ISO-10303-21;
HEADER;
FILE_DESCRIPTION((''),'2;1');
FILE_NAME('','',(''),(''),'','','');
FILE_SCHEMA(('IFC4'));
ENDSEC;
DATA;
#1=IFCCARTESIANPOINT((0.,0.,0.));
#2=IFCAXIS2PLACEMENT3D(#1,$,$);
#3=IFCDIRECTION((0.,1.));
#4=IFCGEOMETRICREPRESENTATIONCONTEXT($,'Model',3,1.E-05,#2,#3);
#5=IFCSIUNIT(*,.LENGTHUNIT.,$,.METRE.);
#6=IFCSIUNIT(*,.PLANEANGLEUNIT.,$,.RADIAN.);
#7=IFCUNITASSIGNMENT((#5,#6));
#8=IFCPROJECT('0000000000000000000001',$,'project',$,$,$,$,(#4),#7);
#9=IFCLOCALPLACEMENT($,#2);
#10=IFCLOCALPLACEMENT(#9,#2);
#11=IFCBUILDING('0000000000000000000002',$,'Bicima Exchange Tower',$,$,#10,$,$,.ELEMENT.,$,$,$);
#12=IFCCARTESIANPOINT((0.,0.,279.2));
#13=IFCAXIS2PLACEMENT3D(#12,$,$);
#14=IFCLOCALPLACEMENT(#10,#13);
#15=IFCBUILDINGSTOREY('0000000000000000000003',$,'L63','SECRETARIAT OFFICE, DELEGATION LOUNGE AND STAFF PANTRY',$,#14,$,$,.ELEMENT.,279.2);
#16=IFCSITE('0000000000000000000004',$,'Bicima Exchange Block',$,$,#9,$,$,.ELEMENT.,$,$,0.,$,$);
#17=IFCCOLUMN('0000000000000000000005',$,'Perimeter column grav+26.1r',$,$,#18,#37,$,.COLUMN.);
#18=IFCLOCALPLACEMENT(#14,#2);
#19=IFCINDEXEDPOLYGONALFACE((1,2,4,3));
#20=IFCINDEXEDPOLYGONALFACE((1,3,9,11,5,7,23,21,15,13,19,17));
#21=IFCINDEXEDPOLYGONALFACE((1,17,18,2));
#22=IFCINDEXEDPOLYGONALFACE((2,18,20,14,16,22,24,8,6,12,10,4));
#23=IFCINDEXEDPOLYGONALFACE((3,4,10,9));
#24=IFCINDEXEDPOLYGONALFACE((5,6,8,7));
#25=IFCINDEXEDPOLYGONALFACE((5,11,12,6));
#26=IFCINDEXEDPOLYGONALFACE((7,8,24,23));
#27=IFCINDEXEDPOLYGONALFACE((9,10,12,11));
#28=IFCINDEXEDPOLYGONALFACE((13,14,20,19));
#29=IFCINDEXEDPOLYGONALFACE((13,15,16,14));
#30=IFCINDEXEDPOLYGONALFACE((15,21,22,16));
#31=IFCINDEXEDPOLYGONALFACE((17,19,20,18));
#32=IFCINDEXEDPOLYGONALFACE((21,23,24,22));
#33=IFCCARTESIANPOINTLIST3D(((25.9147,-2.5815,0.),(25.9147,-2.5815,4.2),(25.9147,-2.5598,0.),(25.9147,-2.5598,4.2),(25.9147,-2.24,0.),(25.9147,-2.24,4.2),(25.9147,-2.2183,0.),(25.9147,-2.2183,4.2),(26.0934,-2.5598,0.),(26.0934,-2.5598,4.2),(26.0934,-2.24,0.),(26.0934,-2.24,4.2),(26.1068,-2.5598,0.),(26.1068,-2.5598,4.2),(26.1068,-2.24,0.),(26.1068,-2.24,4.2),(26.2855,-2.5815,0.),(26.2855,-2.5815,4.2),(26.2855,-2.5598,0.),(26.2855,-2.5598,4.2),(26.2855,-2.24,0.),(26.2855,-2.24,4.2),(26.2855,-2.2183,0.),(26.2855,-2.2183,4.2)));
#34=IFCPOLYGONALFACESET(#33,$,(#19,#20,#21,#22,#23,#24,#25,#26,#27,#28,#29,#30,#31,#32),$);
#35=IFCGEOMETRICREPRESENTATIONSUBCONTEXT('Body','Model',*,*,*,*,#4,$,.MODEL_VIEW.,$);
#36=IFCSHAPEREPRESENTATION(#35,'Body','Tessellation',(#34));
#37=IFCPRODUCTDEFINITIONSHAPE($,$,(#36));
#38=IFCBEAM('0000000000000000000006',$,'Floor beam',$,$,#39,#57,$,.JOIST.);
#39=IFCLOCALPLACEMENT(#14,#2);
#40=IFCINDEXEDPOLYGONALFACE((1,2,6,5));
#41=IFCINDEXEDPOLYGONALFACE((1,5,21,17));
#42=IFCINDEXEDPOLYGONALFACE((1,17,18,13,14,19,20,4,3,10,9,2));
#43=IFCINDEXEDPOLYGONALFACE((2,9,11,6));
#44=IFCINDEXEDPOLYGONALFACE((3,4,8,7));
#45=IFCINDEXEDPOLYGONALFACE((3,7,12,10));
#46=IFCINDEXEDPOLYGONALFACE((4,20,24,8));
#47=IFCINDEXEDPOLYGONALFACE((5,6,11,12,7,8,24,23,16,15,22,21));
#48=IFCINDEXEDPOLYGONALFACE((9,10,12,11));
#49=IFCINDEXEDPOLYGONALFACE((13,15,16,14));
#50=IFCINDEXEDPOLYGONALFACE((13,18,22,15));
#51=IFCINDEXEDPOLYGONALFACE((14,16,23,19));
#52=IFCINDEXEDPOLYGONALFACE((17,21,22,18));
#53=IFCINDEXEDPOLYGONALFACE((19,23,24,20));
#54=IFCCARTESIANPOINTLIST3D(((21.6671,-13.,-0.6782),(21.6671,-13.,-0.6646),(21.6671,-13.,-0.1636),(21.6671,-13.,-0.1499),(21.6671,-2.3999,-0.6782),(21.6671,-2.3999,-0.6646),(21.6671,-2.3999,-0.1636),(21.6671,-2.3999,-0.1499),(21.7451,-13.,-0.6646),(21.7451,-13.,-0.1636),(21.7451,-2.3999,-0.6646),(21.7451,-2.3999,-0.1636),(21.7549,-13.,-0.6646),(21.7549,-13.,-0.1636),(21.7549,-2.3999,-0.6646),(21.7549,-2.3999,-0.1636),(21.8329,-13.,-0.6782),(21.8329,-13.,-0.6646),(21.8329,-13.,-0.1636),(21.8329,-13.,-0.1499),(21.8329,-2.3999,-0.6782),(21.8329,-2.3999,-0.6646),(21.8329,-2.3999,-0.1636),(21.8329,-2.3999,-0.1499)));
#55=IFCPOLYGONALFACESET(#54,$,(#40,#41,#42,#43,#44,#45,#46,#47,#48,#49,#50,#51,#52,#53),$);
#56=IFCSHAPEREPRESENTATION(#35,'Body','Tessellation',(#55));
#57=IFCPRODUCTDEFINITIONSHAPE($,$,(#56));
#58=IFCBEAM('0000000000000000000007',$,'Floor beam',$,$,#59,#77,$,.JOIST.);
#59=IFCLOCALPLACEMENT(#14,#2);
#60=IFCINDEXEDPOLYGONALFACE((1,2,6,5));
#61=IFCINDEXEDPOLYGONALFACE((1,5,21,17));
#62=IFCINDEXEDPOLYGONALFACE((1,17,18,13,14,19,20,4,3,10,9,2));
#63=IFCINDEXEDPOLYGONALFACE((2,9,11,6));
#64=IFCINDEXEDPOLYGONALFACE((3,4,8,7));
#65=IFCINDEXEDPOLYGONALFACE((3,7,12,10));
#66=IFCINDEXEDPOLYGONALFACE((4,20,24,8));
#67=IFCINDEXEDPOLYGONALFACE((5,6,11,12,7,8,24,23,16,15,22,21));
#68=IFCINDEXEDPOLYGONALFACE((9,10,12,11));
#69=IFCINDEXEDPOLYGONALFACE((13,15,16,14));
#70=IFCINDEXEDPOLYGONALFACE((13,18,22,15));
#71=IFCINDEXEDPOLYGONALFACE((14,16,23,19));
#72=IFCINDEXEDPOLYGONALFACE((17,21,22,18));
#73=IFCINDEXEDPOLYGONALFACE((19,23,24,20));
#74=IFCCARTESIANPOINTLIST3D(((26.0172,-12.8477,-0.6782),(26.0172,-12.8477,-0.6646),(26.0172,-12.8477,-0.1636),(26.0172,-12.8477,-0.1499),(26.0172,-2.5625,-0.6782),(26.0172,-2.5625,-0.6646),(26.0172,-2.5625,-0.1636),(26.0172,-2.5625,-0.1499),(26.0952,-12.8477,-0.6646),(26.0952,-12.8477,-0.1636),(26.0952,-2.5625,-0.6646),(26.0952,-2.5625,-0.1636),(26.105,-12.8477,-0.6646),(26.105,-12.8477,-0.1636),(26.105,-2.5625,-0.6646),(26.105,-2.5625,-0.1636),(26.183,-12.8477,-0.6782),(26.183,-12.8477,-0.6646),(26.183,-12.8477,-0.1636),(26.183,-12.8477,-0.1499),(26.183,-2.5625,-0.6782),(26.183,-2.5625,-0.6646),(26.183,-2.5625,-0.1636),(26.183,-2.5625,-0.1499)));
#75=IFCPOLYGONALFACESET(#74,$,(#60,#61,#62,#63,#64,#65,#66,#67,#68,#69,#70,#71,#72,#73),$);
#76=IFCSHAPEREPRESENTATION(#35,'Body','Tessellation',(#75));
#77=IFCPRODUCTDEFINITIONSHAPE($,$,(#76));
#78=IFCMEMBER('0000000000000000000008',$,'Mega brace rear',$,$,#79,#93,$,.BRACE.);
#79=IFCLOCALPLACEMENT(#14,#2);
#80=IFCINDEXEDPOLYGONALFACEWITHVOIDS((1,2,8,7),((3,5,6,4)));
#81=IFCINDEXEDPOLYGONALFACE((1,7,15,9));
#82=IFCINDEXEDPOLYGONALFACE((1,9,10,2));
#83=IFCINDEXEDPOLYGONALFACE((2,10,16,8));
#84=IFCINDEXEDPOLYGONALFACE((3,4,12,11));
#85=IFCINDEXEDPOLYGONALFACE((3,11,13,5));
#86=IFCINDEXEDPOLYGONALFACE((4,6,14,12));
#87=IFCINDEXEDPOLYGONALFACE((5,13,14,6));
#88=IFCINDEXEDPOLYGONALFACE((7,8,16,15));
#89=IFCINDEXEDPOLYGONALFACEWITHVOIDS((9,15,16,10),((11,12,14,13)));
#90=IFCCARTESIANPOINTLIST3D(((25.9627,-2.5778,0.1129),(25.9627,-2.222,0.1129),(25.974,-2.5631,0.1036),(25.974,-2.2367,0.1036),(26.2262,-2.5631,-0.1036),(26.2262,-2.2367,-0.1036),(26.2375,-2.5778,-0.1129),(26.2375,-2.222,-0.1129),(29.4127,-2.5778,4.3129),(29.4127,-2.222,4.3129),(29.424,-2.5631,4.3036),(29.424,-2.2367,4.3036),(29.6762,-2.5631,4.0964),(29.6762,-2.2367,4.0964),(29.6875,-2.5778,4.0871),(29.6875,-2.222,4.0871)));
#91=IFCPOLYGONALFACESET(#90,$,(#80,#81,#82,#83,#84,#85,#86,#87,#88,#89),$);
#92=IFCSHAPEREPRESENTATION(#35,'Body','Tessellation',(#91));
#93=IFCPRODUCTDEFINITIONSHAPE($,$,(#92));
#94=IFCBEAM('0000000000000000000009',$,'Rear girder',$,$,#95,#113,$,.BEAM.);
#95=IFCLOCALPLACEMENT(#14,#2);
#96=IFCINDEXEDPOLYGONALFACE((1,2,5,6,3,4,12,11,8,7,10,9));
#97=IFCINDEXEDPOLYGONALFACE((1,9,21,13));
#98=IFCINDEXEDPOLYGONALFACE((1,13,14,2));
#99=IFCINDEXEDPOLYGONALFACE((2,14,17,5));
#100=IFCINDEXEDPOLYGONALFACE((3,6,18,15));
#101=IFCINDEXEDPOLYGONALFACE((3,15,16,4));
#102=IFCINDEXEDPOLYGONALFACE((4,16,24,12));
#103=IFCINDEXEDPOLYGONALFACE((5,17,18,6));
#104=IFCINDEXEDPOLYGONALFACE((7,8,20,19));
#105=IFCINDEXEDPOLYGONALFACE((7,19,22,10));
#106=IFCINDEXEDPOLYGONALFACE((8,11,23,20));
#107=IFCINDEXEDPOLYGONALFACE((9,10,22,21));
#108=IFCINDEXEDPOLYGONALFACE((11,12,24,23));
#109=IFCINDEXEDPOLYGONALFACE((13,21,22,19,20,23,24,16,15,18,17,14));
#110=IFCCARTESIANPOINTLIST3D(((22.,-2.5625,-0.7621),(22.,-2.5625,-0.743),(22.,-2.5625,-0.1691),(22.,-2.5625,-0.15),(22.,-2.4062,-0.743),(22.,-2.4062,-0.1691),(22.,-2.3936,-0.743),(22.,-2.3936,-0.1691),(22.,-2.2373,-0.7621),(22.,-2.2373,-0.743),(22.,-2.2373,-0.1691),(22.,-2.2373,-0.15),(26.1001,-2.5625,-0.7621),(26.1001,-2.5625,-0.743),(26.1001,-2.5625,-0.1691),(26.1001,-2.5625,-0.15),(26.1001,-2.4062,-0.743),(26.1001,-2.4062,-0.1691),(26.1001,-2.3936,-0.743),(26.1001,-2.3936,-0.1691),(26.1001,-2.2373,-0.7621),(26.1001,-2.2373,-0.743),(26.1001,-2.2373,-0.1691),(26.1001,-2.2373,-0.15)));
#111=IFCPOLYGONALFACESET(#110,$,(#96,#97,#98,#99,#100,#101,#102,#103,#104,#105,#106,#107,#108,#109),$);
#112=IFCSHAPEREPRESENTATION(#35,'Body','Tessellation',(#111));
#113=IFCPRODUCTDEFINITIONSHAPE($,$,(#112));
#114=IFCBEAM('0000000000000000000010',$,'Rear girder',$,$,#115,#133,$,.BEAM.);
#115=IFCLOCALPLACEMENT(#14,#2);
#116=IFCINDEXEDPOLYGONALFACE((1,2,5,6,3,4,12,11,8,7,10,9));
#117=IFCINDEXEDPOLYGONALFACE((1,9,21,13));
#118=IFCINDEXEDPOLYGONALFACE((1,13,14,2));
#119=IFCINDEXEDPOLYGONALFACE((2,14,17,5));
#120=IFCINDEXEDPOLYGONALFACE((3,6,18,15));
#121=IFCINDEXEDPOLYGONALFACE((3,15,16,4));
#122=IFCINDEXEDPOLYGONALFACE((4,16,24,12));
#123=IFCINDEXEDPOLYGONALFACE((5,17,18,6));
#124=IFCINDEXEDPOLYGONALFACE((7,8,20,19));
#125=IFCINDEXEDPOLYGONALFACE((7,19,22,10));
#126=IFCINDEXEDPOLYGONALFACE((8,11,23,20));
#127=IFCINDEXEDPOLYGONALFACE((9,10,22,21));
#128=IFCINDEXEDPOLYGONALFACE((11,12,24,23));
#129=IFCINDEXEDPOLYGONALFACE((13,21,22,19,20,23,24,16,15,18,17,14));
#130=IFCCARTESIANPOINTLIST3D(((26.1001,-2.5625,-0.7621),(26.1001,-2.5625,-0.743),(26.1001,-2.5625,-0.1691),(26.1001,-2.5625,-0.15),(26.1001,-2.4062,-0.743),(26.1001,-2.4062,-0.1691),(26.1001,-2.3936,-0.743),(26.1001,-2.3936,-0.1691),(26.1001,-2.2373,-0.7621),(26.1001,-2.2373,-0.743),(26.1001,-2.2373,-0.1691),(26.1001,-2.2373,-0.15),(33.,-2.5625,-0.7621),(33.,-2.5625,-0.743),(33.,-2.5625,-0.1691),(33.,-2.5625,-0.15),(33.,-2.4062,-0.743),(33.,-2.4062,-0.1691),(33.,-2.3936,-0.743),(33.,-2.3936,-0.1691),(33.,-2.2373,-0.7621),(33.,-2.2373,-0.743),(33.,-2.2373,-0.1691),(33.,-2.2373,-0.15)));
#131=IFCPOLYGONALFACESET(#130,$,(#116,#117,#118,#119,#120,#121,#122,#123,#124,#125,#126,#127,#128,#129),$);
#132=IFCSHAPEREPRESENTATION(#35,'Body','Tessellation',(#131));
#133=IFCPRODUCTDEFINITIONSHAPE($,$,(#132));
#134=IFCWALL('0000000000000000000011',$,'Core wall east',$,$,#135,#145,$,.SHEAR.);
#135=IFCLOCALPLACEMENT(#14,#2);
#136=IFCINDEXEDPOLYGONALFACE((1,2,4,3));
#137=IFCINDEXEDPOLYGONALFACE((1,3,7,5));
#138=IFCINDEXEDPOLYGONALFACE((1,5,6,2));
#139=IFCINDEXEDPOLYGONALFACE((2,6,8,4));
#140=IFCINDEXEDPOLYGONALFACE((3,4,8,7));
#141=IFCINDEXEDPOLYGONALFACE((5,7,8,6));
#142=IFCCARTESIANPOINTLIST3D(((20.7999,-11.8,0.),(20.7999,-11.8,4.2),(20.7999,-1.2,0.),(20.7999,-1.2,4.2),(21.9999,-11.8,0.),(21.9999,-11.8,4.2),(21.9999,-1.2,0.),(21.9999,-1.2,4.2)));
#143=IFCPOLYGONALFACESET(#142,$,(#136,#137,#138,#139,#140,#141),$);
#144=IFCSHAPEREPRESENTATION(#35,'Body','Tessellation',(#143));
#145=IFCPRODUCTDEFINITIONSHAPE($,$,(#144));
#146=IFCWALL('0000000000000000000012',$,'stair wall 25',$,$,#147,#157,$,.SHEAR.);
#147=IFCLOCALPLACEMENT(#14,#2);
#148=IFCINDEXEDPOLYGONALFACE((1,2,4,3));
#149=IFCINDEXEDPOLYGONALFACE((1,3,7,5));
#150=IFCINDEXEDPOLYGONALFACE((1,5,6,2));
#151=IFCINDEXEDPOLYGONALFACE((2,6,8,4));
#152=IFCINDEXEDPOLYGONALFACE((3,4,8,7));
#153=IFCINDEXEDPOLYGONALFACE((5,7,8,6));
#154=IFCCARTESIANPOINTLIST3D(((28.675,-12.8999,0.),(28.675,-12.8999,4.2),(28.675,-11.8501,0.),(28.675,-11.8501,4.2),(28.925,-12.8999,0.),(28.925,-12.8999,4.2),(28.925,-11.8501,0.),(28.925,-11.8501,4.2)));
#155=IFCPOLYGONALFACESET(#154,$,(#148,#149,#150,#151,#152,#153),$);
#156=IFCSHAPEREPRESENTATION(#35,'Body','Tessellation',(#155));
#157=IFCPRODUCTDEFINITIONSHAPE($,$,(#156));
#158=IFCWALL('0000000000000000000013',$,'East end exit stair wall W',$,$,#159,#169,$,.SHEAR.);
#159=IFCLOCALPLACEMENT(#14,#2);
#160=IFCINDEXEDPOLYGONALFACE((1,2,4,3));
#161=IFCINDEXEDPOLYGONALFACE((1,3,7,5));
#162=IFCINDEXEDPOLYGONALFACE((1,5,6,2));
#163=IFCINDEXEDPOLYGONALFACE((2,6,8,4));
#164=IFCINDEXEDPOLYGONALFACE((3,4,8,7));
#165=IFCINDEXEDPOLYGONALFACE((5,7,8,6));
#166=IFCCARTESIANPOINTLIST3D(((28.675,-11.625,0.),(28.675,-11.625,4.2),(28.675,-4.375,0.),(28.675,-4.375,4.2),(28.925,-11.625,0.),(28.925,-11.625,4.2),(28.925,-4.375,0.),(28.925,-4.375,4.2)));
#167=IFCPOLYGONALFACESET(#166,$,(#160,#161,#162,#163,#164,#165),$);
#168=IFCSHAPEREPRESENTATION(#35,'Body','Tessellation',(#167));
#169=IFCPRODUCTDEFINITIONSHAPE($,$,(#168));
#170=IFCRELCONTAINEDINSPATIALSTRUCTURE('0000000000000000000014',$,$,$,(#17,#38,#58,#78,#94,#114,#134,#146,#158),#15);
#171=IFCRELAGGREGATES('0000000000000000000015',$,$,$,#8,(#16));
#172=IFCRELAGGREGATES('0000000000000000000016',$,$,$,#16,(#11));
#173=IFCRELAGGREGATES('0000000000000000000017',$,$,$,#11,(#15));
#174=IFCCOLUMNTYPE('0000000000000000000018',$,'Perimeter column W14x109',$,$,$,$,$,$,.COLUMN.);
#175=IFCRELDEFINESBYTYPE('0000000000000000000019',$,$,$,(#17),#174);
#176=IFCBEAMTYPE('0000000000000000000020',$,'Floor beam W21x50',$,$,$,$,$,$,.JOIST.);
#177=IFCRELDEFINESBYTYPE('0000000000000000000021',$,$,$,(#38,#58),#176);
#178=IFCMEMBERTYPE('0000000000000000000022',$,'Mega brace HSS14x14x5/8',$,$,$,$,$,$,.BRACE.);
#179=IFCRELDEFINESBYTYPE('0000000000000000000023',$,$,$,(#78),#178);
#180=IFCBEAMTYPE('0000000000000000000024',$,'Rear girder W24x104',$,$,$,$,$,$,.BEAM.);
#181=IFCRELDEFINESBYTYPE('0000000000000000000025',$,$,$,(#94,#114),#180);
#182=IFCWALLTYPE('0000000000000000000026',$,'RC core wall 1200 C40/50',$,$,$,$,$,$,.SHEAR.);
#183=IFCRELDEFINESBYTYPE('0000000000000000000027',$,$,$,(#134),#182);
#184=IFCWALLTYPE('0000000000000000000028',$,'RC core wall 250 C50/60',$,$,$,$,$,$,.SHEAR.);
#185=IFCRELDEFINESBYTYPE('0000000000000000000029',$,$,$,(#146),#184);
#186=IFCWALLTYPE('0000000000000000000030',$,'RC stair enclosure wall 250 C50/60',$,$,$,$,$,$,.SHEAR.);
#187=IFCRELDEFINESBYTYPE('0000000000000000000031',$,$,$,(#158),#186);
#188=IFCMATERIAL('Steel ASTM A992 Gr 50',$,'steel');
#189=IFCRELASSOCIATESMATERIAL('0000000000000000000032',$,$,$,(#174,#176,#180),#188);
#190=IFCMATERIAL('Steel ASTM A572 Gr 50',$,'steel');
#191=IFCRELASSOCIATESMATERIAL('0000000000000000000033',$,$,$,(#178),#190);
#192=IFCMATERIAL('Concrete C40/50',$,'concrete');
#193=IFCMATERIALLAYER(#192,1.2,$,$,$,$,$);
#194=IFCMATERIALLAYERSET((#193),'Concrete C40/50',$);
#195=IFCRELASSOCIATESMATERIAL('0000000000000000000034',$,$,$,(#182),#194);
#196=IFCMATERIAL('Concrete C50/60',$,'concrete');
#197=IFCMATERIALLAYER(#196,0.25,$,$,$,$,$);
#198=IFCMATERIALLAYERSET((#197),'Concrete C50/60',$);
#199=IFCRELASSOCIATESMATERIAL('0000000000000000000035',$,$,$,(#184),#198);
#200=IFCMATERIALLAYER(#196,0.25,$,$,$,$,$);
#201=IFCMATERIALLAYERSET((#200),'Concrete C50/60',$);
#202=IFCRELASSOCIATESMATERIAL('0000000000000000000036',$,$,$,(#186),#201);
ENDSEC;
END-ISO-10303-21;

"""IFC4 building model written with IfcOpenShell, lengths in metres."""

from ifc_helpers import new_model, si_unit, direction, frame, frame_2d, origin, origin_2d, place, context, subcontext, project, spatial, rectangle, hollow_rectangle, i_section, extrude, material, layer, layer_set, material_profile, profile_set, type_object, element, save


model = new_model("IFC4")

# Units and contexts
model_context = context("Model", 3, precision=1e-05, world=origin(), true_north=direction((0.0, 1.0)))
body_context = subcontext(model_context, "Body", "Model", "MODEL_VIEW")
ifc_project = project(units=[si_unit("LENGTHUNIT", "METRE"), si_unit("PLANEANGLEUNIT", "RADIAN")], contexts=[model_context])

# Site, building, storey
site_placement = place(None, origin())
site = spatial("IfcSite", under=ifc_project, at=site_placement, Name="Bicima Exchange Block", CompositionType="ELEMENT", RefElevation=0.0)
building_placement = place(site_placement, origin())
building = spatial("IfcBuilding", under=site, at=building_placement, Name="Bicima Exchange Tower", CompositionType="ELEMENT")
storey_placement = place(building_placement, frame((0.0, 0.0, 279.2)))
storey = spatial("IfcBuildingStorey", under=building, at=storey_placement, Name="L63", Description="SECRETARIAT OFFICE, DELEGATION LOUNGE AND STAFF PANTRY", CompositionType="ELEMENT", Elevation=279.2)

# Column
ifc_material_1 = material(Name="Steel ASTM A992 Gr 50", Category="steel")
ifc_material_profile_1 = material_profile(ifc_material_1, i_section(OverallWidth=0.3708, OverallDepth=0.3633, WebThickness=0.0134, FlangeThickness=0.0217, at=origin_2d()))
ifc_profile_set_1 = profile_set([ifc_material_profile_1], Name="Steel ASTM A992 Gr 50")
column_type = type_object("IfcColumnType", Name="Perimeter column W14x109", PredefinedType="COLUMN", material=ifc_profile_set_1)
column_placement = place(storey_placement, frame((26.1001, -2.3999, 0.0), z_axis=(0.0, 0.0, 1.0), x_axis=(1.0, 0.0, 0.0)))
element("IfcColumn", 1, at=column_placement, inside=storey, type_object=column_type, Name="Perimeter column grav+26.1r", PredefinedType="COLUMN", context=body_context, shape_type="SweptSolid", body=[
    extrude(i_section(OverallWidth=0.3708, OverallDepth=0.3633, WebThickness=0.0134, FlangeThickness=0.0217, at=origin_2d()), origin(), (0.0, 0.0, 1.0), 4.2),
])

# Beams
ifc_material_profile_2 = material_profile(ifc_material_1, i_section(OverallWidth=0.1658, OverallDepth=0.5283, WebThickness=0.0098, FlangeThickness=0.0137, at=origin_2d()))
ifc_profile_set_2 = profile_set([ifc_material_profile_2], Name="Steel ASTM A992 Gr 50")
beam_type_1 = type_object("IfcBeamType", Name="Floor beam W21x50", PredefinedType="JOIST", material=ifc_profile_set_2)
beam_1_placement = place(storey_placement, frame((21.75, -2.3999, -0.4141), z_axis=(0.0, -1.0, 0.0), x_axis=(1.0, 0.0, 0.0)))
element("IfcBeam", 2, at=beam_1_placement, inside=storey, type_object=beam_type_1, Name="Floor beam", PredefinedType="JOIST", context=body_context, shape_type="SweptSolid", body=[
    extrude(i_section(OverallWidth=0.1658, OverallDepth=0.5283, WebThickness=0.0098, FlangeThickness=0.0137, at=origin_2d()), origin(), (0.0, 0.0, 1.0), 10.6001),
])
beam_2_placement = place(storey_placement, frame((26.1001, -2.5625, -0.4141), z_axis=(0.0, -1.0, 0.0), x_axis=(1.0, 0.0, 0.0)))
element("IfcBeam", 3, at=beam_2_placement, inside=storey, type_object=beam_type_1, Name="Floor beam", PredefinedType="JOIST", context=body_context, shape_type="SweptSolid", body=[
    extrude(i_section(OverallWidth=0.1658, OverallDepth=0.5283, WebThickness=0.0098, FlangeThickness=0.0137, at=origin_2d()), origin(), (0.0, 0.0, 1.0), 10.2852),
])

# Member
ifc_material_2 = material(Name="Steel ASTM A572 Gr 50", Category="steel")
ifc_material_profile_3 = material_profile(ifc_material_2, hollow_rectangle(XDim=0.3557, YDim=0.3557, WallThickness=0.0146, at=origin_2d()))
ifc_profile_set_3 = profile_set([ifc_material_profile_3], Name="Steel ASTM A572 Gr 50")
member_type = type_object("IfcMemberType", Name="Mega brace HSS14x14x5/8", PredefinedType="BRACE", material=ifc_profile_set_3)
member_placement = place(storey_placement, frame((26.1001, -2.3999, 0.0), z_axis=(0.634738, 0.0, 0.772727), x_axis=(0.0, 1.0, 0.0)))
element("IfcMember", 4, at=member_placement, inside=storey, type_object=member_type, Name="Mega brace rear", PredefinedType="BRACE", context=body_context, shape_type="SweptSolid", body=[
    extrude(hollow_rectangle(XDim=0.3557, YDim=0.3557, WallThickness=0.0146, at=origin_2d()), origin(), (0.0, 0.0, 1.0), 5.4353),
])

# Beams
ifc_material_profile_4 = material_profile(ifc_material_1, i_section(OverallWidth=0.3252, OverallDepth=0.6121, WebThickness=0.0127, FlangeThickness=0.019, at=origin_2d()))
ifc_profile_set_4 = profile_set([ifc_material_profile_4], Name="Steel ASTM A992 Gr 50")
beam_type_2 = type_object("IfcBeamType", Name="Rear girder W24x104", PredefinedType="BEAM", material=ifc_profile_set_4)
beam_3_placement = place(storey_placement, frame((22.0, -2.3999, -0.4561), z_axis=(1.0, 0.0, 0.0), x_axis=(0.0, 1.0, 0.0)))
element("IfcBeam", 5, at=beam_3_placement, inside=storey, type_object=beam_type_2, Name="Rear girder", PredefinedType="BEAM", context=body_context, shape_type="SweptSolid", body=[
    extrude(i_section(OverallWidth=0.3252, OverallDepth=0.6121, WebThickness=0.0127, FlangeThickness=0.019, at=origin_2d()), origin(), (0.0, 0.0, 1.0), 4.1001),
])
beam_4_placement = place(storey_placement, frame((26.1001, -2.3999, -0.4561), z_axis=(1.0, 0.0, 0.0), x_axis=(0.0, 1.0, 0.0)))
element("IfcBeam", 6, at=beam_4_placement, inside=storey, type_object=beam_type_2, Name="Rear girder", PredefinedType="BEAM", context=body_context, shape_type="SweptSolid", body=[
    extrude(i_section(OverallWidth=0.3252, OverallDepth=0.6121, WebThickness=0.0127, FlangeThickness=0.019, at=origin_2d()), origin(), (0.0, 0.0, 1.0), 6.8999),
])

# Walls
ifc_material_3 = material(Name="Concrete C40/50", Category="concrete")
ifc_layer_1 = layer(ifc_material_3, 1.2)
ifc_layer_set_1 = layer_set([ifc_layer_1], Name="Concrete C40/50")
wall_type_1 = type_object("IfcWallType", Name="RC core wall 1200 C40/50", PredefinedType="SHEAR", material=ifc_layer_set_1)
wall_1_placement = place(storey_placement, frame((21.3999, -11.8, 0.0), z_axis=(0.0, 0.0, 1.0), x_axis=(0.0, 1.0, 0.0)))
element("IfcWall", 7, at=wall_1_placement, inside=storey, type_object=wall_type_1, Name="Core wall east", PredefinedType="SHEAR", context=body_context, shape_type="SweptSolid", body=[
    extrude(rectangle(XDim=10.6001, YDim=1.2, at=frame_2d((5.3, 0.0))), origin(), (0.0, 0.0, 1.0), 4.2),
])
ifc_material_4 = material(Name="Concrete C50/60", Category="concrete")
ifc_layer_2 = layer(ifc_material_4, 0.25)
ifc_layer_set_2 = layer_set([ifc_layer_2], Name="Concrete C50/60")
wall_type_2 = type_object("IfcWallType", Name="RC core wall 250 C50/60", PredefinedType="SHEAR", material=ifc_layer_set_2)
wall_2_placement = place(storey_placement, frame((28.8, -12.8999, 0.0), z_axis=(0.0, 0.0, 1.0), x_axis=(0.0, 1.0, 0.0)))
element("IfcWall", 8, at=wall_2_placement, inside=storey, type_object=wall_type_2, Name="stair wall 25", PredefinedType="SHEAR", context=body_context, shape_type="SweptSolid", body=[
    extrude(rectangle(XDim=1.0498, YDim=0.25, at=frame_2d((0.5249, 0.0))), origin(), (0.0, 0.0, 1.0), 4.2),
])
ifc_layer_3 = layer(ifc_material_4, 0.25)
ifc_layer_set_3 = layer_set([ifc_layer_3], Name="Concrete C50/60")
wall_type_3 = type_object("IfcWallType", Name="RC stair enclosure wall 250 C50/60", PredefinedType="SHEAR", material=ifc_layer_set_3)
wall_3_placement = place(storey_placement, frame((28.8, -11.625, 0.0), z_axis=(0.0, 0.0, 1.0), x_axis=(0.0, 1.0, 0.0)))
element("IfcWall", 9, at=wall_3_placement, inside=storey, type_object=wall_type_3, Name="East end exit stair wall W", PredefinedType="SHEAR", context=body_context, shape_type="SweptSolid", body=[
    extrude(rectangle(XDim=7.25, YDim=0.25, at=frame_2d((3.625, 0.0))), origin(), (0.0, 0.0, 1.0), 4.2),
])

save(model, "model.ifc")
